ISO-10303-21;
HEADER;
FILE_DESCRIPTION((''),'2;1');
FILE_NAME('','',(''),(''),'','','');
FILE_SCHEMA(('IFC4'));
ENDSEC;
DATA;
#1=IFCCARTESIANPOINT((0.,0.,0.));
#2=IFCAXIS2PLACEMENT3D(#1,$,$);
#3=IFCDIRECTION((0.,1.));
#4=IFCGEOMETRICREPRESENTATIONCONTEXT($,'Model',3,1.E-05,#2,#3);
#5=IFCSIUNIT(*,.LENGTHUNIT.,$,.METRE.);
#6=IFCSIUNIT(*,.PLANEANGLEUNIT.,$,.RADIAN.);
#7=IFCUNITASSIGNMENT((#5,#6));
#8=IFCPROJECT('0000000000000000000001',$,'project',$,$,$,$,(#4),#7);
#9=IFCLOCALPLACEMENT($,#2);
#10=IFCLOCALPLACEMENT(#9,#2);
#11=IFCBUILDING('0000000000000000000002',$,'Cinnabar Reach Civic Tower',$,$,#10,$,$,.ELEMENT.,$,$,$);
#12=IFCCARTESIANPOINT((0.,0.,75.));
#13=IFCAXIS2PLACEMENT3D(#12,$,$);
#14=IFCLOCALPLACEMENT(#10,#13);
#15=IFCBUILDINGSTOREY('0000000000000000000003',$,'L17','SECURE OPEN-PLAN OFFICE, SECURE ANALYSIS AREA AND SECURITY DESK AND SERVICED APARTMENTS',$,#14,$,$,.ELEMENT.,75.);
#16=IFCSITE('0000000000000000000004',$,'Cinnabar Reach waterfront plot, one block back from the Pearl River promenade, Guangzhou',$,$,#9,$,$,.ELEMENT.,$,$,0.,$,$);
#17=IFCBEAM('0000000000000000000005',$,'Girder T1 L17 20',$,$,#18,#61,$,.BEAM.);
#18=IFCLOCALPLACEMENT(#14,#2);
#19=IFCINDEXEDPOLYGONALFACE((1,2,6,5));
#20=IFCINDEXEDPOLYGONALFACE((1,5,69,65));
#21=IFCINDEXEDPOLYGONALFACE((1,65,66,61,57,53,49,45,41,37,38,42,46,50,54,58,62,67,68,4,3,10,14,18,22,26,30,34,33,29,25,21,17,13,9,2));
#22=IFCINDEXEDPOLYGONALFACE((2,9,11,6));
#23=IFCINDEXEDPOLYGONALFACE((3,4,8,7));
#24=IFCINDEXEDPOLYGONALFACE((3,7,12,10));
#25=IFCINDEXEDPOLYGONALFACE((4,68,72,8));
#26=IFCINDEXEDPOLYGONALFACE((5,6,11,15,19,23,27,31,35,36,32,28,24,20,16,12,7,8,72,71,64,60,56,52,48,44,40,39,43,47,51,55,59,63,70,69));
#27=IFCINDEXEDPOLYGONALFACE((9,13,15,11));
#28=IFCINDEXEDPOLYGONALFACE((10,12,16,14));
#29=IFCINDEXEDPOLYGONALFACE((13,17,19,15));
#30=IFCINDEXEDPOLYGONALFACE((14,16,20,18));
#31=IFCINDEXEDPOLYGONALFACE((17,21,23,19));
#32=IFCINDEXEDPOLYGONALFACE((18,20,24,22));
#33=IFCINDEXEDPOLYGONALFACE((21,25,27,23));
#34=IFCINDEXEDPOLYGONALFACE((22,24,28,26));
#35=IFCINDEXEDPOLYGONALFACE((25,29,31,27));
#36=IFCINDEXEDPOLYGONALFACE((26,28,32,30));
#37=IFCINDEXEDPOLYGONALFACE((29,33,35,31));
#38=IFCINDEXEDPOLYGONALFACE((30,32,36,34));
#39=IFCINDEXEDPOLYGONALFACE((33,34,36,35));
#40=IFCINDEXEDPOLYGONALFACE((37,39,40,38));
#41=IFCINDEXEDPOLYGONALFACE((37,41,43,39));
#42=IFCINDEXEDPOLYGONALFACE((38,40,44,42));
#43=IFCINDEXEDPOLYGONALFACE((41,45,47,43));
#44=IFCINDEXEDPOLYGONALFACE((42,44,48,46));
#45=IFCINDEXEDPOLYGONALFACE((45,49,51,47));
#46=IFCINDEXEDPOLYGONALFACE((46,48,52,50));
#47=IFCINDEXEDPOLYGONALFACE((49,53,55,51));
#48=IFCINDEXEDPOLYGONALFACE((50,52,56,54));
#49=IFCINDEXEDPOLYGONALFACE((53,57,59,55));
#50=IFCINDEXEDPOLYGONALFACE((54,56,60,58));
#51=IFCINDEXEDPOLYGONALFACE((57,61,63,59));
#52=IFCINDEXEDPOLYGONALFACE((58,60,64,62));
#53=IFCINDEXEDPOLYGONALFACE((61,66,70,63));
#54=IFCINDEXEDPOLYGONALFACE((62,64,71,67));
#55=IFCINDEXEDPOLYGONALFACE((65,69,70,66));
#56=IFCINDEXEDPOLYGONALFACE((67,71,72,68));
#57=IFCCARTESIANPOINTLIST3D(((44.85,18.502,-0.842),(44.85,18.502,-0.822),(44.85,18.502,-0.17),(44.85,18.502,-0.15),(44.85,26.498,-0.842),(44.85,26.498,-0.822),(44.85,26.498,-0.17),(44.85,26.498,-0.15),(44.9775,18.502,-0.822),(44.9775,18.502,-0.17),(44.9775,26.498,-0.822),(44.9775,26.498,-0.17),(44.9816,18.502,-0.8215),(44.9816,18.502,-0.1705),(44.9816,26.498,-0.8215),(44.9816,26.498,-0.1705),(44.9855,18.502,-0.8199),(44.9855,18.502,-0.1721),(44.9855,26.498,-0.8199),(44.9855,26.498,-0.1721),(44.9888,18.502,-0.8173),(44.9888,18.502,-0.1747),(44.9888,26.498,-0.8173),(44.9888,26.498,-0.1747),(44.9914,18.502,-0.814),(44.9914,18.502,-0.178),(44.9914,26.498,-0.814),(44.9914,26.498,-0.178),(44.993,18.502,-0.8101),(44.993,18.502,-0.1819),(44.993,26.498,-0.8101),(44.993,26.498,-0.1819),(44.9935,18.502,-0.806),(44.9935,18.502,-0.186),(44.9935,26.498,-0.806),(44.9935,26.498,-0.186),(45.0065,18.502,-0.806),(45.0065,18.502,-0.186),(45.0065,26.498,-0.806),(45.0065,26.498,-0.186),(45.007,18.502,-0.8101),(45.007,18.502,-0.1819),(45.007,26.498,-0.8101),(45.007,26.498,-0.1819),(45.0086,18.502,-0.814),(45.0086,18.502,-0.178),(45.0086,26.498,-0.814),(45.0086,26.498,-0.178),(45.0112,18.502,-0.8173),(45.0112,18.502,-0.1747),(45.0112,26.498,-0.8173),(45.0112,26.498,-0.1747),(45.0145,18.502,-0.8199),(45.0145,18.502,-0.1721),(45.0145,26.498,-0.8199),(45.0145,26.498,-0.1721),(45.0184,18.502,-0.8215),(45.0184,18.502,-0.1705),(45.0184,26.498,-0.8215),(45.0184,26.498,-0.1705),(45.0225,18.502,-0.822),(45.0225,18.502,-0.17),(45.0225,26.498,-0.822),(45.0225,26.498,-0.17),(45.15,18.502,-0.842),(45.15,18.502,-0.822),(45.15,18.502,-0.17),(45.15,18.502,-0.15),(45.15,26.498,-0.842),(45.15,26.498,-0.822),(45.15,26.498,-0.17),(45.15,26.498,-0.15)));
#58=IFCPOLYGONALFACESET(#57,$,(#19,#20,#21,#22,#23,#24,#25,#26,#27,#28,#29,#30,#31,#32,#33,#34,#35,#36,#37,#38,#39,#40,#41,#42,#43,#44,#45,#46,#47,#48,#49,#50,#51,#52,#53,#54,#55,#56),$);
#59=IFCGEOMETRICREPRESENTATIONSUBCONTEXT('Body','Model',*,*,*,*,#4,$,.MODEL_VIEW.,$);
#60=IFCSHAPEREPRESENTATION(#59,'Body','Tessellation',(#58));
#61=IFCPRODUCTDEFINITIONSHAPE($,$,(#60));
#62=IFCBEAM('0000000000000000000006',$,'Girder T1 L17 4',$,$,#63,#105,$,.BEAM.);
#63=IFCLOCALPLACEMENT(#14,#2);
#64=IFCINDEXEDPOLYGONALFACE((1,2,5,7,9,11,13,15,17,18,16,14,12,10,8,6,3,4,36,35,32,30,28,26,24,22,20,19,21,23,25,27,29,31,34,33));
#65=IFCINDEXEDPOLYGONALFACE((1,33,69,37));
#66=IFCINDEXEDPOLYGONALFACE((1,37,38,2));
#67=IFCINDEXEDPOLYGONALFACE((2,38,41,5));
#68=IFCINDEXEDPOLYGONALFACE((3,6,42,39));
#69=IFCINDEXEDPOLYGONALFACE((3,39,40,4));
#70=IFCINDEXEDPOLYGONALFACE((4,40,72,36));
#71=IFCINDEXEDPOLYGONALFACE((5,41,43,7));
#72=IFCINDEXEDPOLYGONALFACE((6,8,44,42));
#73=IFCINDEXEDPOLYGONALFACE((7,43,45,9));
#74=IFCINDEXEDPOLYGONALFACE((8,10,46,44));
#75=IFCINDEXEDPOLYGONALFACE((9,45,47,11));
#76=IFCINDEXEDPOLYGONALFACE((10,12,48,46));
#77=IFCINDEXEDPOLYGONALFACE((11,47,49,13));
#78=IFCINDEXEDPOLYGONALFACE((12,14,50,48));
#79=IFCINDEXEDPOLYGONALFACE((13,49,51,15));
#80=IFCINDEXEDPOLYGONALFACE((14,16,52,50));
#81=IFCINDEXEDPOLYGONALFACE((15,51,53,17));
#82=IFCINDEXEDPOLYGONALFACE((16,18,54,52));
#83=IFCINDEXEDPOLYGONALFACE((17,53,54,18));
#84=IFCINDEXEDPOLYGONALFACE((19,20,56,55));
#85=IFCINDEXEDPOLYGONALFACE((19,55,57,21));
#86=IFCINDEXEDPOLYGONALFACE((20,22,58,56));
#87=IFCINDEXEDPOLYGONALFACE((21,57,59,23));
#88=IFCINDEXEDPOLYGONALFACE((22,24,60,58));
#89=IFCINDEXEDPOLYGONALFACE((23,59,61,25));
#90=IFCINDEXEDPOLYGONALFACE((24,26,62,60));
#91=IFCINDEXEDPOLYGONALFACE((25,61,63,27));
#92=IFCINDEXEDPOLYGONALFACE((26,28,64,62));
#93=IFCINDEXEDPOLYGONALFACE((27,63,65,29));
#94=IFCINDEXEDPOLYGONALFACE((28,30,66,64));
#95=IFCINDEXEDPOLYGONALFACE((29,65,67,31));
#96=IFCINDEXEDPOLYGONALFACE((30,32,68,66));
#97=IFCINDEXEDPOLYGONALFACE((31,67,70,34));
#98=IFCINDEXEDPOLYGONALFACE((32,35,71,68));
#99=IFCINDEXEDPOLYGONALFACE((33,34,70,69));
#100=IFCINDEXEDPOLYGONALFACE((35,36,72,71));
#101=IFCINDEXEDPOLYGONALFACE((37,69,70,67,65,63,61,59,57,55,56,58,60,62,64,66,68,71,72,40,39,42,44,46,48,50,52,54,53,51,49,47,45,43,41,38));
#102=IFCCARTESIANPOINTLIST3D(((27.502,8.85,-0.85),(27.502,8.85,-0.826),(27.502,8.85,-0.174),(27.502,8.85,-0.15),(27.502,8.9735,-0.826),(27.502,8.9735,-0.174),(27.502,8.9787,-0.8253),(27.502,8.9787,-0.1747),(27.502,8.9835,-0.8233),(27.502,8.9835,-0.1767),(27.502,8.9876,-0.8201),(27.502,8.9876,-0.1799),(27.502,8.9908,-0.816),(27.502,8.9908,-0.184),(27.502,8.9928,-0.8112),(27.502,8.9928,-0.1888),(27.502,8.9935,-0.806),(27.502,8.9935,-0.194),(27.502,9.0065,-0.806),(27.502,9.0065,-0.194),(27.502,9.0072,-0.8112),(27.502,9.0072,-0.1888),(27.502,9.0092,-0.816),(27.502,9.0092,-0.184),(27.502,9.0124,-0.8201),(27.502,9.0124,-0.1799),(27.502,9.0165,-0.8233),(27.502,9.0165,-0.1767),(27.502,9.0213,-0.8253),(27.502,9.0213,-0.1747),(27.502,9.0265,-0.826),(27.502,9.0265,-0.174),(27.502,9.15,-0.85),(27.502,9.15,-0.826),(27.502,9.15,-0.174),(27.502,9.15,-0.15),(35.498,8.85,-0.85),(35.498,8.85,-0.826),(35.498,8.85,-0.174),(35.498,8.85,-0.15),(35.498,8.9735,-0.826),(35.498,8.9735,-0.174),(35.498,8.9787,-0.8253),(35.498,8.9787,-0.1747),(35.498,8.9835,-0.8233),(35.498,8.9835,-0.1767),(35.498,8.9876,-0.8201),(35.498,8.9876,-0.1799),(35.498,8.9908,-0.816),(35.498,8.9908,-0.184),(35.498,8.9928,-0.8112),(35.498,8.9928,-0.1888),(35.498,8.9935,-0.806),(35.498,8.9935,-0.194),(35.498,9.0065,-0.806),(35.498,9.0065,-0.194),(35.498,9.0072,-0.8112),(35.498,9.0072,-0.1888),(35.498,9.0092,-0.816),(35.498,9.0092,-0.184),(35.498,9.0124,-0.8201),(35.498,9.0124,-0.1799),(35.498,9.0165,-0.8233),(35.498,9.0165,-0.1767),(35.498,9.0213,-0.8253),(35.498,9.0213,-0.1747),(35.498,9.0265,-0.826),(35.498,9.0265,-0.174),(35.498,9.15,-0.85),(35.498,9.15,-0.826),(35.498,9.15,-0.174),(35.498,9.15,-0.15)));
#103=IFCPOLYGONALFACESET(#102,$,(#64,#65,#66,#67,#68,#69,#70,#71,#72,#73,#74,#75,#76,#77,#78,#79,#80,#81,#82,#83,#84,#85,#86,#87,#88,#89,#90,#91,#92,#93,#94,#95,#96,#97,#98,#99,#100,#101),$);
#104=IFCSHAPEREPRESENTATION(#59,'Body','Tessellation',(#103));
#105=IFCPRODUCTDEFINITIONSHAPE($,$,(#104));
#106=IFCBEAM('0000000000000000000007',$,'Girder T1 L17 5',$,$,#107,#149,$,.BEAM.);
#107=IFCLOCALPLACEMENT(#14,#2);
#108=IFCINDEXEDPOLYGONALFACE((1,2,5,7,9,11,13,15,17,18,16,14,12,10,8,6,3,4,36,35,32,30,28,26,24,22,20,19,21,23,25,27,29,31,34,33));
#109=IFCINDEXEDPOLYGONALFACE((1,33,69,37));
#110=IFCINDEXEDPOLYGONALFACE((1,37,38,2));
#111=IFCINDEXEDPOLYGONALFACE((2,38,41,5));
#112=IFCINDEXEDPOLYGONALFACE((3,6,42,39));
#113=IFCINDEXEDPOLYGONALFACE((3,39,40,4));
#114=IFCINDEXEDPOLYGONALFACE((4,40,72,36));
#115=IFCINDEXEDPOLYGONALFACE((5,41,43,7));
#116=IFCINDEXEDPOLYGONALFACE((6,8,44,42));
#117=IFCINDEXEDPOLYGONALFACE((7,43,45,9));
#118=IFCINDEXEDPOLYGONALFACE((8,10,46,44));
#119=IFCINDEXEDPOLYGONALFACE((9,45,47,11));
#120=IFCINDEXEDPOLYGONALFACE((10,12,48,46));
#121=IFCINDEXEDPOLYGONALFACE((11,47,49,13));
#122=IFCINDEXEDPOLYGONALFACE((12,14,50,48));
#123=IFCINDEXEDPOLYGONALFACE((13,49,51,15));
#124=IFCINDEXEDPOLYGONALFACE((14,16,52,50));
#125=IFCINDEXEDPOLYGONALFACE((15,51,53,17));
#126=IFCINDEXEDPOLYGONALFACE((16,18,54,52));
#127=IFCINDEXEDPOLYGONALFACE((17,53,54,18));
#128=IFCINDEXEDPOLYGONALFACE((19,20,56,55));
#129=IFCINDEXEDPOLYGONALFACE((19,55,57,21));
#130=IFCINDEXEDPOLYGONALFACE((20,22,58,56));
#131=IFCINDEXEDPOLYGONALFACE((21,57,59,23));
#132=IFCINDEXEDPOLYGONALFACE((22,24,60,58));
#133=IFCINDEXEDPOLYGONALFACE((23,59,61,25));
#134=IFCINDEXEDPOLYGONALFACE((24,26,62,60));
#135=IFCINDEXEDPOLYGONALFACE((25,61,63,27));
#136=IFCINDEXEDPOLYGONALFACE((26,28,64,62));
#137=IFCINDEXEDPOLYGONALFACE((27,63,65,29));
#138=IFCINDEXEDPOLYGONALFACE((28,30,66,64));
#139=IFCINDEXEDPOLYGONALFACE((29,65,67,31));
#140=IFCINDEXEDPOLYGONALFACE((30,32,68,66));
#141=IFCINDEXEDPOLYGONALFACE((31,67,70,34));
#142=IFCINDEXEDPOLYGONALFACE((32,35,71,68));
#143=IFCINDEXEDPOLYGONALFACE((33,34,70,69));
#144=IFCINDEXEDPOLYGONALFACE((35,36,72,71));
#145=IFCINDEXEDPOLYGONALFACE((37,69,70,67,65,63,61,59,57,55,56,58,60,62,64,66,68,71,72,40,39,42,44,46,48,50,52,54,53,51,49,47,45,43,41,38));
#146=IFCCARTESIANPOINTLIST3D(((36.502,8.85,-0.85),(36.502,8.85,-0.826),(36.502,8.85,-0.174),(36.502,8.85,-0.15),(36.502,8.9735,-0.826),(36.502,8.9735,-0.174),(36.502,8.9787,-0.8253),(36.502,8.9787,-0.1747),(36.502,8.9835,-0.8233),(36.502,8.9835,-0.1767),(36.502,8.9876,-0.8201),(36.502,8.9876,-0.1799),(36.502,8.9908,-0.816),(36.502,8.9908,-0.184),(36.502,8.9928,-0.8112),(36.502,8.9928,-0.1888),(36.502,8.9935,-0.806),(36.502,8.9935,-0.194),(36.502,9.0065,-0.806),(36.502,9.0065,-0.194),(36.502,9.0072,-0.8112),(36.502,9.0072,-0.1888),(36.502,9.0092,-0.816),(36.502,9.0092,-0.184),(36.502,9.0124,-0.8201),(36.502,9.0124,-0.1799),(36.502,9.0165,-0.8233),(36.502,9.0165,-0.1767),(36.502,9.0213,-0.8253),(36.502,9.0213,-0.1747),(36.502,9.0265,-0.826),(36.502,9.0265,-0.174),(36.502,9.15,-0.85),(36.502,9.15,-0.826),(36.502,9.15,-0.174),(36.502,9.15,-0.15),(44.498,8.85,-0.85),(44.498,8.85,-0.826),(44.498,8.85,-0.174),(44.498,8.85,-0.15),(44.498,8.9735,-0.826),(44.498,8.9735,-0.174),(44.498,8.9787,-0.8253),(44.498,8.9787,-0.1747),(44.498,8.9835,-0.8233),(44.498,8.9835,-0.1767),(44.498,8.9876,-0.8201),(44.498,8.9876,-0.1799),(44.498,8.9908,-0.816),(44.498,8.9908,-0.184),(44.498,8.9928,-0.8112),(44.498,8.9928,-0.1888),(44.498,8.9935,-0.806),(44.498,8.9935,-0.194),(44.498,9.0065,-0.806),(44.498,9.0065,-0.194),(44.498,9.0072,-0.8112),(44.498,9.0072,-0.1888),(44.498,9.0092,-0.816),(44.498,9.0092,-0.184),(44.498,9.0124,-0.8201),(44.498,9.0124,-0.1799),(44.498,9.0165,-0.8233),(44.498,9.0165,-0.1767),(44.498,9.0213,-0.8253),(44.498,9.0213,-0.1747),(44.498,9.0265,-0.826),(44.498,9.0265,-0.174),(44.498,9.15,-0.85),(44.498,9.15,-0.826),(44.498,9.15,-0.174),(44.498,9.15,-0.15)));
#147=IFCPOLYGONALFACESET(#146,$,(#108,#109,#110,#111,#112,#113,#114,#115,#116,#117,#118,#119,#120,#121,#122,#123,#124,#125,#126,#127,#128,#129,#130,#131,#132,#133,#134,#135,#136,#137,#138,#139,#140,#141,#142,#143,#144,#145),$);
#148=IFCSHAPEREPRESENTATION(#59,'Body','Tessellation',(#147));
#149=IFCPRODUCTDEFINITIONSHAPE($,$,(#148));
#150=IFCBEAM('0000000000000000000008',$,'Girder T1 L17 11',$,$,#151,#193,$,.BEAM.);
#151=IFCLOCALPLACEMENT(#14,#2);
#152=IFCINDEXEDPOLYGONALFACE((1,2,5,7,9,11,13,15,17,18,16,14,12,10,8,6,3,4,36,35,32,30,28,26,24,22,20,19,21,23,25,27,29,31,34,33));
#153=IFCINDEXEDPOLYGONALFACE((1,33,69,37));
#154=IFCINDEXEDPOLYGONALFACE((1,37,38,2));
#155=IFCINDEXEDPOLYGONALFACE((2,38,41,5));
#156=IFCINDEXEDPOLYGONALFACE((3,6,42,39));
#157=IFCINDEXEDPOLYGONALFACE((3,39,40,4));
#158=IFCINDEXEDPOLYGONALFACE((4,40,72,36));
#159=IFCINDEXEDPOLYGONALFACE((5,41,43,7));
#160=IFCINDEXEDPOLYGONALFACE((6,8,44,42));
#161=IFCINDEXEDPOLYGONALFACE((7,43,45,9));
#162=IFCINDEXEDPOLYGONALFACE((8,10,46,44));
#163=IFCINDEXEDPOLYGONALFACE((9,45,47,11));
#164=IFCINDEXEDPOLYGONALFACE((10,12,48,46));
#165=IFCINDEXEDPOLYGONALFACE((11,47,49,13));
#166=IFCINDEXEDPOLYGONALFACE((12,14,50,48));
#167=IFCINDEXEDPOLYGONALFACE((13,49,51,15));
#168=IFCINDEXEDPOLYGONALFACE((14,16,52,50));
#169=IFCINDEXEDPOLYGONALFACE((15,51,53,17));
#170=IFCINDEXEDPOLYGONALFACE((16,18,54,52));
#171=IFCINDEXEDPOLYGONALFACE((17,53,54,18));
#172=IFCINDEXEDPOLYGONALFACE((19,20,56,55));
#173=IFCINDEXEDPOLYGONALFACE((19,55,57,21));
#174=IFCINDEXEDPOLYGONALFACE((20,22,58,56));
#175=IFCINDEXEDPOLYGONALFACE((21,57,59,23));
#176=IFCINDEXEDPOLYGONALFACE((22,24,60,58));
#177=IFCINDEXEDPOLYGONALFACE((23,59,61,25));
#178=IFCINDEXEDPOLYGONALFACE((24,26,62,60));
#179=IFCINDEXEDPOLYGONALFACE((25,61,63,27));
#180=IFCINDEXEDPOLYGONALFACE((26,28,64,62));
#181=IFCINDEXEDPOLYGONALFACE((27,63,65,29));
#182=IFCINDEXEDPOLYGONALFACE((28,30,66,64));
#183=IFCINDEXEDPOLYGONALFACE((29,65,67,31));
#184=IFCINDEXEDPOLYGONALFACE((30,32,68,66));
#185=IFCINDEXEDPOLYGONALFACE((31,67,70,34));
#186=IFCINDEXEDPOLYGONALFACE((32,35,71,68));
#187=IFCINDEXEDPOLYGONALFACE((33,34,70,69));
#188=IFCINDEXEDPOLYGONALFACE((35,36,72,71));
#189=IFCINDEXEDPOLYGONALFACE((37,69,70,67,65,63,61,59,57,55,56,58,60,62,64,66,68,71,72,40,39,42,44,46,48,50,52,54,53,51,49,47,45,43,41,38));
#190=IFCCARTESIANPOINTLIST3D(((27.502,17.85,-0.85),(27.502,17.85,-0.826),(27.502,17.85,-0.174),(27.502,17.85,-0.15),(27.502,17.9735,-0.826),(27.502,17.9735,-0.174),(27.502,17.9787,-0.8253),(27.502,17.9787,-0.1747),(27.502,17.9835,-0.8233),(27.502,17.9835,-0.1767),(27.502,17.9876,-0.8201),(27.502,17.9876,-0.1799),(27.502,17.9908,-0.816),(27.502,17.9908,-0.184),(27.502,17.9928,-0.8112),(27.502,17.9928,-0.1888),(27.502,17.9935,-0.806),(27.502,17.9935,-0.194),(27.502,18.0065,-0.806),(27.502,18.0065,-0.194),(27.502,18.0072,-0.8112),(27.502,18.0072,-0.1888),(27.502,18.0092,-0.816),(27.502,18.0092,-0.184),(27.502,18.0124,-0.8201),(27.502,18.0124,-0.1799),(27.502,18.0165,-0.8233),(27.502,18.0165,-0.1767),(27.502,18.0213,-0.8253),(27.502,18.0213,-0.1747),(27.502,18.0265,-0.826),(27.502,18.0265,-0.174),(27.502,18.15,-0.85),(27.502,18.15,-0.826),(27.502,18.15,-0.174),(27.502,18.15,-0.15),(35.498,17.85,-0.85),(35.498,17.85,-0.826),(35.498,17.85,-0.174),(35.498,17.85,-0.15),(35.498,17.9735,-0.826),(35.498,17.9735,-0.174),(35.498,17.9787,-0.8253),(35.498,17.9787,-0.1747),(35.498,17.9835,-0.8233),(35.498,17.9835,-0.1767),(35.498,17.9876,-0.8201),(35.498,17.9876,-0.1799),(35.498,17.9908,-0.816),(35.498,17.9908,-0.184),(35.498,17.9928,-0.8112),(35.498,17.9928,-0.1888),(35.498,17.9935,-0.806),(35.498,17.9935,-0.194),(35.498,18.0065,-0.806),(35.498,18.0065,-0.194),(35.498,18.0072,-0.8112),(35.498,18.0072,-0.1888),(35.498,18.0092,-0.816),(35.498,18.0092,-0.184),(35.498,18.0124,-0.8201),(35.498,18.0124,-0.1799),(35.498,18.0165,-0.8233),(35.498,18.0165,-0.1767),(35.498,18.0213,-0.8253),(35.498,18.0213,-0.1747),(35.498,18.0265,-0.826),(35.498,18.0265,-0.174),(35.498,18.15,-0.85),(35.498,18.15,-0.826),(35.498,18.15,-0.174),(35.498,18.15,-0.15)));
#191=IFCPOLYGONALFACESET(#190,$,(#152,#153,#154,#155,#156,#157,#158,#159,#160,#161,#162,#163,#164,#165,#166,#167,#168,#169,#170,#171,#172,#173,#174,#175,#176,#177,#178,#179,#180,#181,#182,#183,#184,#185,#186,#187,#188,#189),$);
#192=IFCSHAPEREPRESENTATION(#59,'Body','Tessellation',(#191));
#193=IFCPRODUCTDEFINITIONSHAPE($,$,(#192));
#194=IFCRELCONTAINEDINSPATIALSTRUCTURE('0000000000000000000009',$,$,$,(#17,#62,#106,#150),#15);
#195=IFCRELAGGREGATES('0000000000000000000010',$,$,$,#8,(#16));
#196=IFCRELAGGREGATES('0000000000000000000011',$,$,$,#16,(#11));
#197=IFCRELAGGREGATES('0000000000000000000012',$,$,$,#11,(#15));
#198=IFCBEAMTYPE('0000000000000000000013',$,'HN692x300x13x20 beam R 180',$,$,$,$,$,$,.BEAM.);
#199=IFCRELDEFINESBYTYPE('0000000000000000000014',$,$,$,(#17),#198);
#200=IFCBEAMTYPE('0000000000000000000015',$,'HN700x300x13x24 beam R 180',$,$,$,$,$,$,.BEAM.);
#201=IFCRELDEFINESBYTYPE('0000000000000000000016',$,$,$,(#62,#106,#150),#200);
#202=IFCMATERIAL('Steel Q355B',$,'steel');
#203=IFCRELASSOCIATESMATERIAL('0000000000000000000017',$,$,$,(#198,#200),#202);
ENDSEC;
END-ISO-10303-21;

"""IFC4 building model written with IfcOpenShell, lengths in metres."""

from ifc_helpers import new_model, si_unit, direction, frame, origin, origin_2d, place, context, subcontext, project, spatial, i_section, extrude, material, material_profile, profile_set, type_object, element, save


model = new_model("IFC4")

# Units and contexts
model_context = context("Model", 3, precision=1e-05, world=origin(), true_north=direction((0.0, 1.0)))
body_context = subcontext(model_context, "Body", "Model", "MODEL_VIEW")
ifc_project = project(units=[si_unit("LENGTHUNIT", "METRE"), si_unit("PLANEANGLEUNIT", "RADIAN")], contexts=[model_context])

# Site, building, storey
site_placement = place(None, origin())
site = spatial("IfcSite", under=ifc_project, at=site_placement, Name="Cinnabar Reach waterfront plot, one block back from the Pearl River promenade, Guangzhou", CompositionType="ELEMENT", RefElevation=0.0)
building_placement = place(site_placement, origin())
building = spatial("IfcBuilding", under=site, at=building_placement, Name="Cinnabar Reach Civic Tower", CompositionType="ELEMENT")
storey_placement = place(building_placement, frame((0.0, 0.0, 75.0)))
storey = spatial("IfcBuildingStorey", under=building, at=storey_placement, Name="L17", Description="SECURE OPEN-PLAN OFFICE, SECURE ANALYSIS AREA AND SECURITY DESK AND SERVICED APARTMENTS", CompositionType="ELEMENT", Elevation=75.0)

# Beams
ifc_material_1 = material(Name="Steel Q355B", Category="steel")
ifc_material_profile_1 = material_profile(ifc_material_1, i_section(OverallWidth=0.3, OverallDepth=0.692, WebThickness=0.013, FlangeThickness=0.02, FilletRadius=0.016, at=origin_2d()), Name="HN692x300x13x20")
ifc_profile_set_1 = profile_set([ifc_material_profile_1], Name="Steel Q355B")
beam_type_1 = type_object("IfcBeamType", Name="HN692x300x13x20 beam R 180", PredefinedType="BEAM", material=ifc_profile_set_1)
for number, where, z_axis, x_axis, name in (
    (1, (45.0, 18.502, -0.496), (0.0, 1.0, 0.0), (-1.0, 0.0, 0.0), "Girder T1 L17 20"),
):
    element("IfcBeam", number, at=place(storey_placement, frame(where, z_axis=z_axis, x_axis=x_axis)), inside=storey, type_object=beam_type_1, Name=name, PredefinedType="BEAM", context=body_context, shape_type="SweptSolid", body=[
        extrude(i_section(OverallWidth=0.3, OverallDepth=0.692, WebThickness=0.013, FlangeThickness=0.02, FilletRadius=0.016, at=origin_2d()), origin(), (0.0, 0.0, 1.0), 7.996),
    ])
ifc_material_profile_2 = material_profile(ifc_material_1, i_section(OverallWidth=0.3, OverallDepth=0.7, WebThickness=0.013, FlangeThickness=0.024, FilletRadius=0.02, at=origin_2d()), Name="HN700x300x13x24")
ifc_profile_set_2 = profile_set([ifc_material_profile_2], Name="Steel Q355B")
beam_type_2 = type_object("IfcBeamType", Name="HN700x300x13x24 beam R 180", PredefinedType="BEAM", material=ifc_profile_set_2)
for number, where, z_axis, x_axis, name in (
    (2, (27.502, 9.0, -0.5), (1.0, 0.0, 0.0), (0.0, 1.0, 0.0), "Girder T1 L17 4"),
    (3, (36.502, 9.0, -0.5), (1.0, 0.0, 0.0), (0.0, 1.0, 0.0), "Girder T1 L17 5"),
    (4, (27.502, 18.0, -0.5), (1.0, 0.0, 0.0), (0.0, 1.0, 0.0), "Girder T1 L17 11"),
):
    element("IfcBeam", number, at=place(storey_placement, frame(where, z_axis=z_axis, x_axis=x_axis)), inside=storey, type_object=beam_type_2, Name=name, PredefinedType="BEAM", context=body_context, shape_type="SweptSolid", body=[
        extrude(i_section(OverallWidth=0.3, OverallDepth=0.7, WebThickness=0.013, FlangeThickness=0.024, FilletRadius=0.02, at=origin_2d()), origin(), (0.0, 0.0, 1.0), 7.996),
    ])

save(model, "model.ifc")
